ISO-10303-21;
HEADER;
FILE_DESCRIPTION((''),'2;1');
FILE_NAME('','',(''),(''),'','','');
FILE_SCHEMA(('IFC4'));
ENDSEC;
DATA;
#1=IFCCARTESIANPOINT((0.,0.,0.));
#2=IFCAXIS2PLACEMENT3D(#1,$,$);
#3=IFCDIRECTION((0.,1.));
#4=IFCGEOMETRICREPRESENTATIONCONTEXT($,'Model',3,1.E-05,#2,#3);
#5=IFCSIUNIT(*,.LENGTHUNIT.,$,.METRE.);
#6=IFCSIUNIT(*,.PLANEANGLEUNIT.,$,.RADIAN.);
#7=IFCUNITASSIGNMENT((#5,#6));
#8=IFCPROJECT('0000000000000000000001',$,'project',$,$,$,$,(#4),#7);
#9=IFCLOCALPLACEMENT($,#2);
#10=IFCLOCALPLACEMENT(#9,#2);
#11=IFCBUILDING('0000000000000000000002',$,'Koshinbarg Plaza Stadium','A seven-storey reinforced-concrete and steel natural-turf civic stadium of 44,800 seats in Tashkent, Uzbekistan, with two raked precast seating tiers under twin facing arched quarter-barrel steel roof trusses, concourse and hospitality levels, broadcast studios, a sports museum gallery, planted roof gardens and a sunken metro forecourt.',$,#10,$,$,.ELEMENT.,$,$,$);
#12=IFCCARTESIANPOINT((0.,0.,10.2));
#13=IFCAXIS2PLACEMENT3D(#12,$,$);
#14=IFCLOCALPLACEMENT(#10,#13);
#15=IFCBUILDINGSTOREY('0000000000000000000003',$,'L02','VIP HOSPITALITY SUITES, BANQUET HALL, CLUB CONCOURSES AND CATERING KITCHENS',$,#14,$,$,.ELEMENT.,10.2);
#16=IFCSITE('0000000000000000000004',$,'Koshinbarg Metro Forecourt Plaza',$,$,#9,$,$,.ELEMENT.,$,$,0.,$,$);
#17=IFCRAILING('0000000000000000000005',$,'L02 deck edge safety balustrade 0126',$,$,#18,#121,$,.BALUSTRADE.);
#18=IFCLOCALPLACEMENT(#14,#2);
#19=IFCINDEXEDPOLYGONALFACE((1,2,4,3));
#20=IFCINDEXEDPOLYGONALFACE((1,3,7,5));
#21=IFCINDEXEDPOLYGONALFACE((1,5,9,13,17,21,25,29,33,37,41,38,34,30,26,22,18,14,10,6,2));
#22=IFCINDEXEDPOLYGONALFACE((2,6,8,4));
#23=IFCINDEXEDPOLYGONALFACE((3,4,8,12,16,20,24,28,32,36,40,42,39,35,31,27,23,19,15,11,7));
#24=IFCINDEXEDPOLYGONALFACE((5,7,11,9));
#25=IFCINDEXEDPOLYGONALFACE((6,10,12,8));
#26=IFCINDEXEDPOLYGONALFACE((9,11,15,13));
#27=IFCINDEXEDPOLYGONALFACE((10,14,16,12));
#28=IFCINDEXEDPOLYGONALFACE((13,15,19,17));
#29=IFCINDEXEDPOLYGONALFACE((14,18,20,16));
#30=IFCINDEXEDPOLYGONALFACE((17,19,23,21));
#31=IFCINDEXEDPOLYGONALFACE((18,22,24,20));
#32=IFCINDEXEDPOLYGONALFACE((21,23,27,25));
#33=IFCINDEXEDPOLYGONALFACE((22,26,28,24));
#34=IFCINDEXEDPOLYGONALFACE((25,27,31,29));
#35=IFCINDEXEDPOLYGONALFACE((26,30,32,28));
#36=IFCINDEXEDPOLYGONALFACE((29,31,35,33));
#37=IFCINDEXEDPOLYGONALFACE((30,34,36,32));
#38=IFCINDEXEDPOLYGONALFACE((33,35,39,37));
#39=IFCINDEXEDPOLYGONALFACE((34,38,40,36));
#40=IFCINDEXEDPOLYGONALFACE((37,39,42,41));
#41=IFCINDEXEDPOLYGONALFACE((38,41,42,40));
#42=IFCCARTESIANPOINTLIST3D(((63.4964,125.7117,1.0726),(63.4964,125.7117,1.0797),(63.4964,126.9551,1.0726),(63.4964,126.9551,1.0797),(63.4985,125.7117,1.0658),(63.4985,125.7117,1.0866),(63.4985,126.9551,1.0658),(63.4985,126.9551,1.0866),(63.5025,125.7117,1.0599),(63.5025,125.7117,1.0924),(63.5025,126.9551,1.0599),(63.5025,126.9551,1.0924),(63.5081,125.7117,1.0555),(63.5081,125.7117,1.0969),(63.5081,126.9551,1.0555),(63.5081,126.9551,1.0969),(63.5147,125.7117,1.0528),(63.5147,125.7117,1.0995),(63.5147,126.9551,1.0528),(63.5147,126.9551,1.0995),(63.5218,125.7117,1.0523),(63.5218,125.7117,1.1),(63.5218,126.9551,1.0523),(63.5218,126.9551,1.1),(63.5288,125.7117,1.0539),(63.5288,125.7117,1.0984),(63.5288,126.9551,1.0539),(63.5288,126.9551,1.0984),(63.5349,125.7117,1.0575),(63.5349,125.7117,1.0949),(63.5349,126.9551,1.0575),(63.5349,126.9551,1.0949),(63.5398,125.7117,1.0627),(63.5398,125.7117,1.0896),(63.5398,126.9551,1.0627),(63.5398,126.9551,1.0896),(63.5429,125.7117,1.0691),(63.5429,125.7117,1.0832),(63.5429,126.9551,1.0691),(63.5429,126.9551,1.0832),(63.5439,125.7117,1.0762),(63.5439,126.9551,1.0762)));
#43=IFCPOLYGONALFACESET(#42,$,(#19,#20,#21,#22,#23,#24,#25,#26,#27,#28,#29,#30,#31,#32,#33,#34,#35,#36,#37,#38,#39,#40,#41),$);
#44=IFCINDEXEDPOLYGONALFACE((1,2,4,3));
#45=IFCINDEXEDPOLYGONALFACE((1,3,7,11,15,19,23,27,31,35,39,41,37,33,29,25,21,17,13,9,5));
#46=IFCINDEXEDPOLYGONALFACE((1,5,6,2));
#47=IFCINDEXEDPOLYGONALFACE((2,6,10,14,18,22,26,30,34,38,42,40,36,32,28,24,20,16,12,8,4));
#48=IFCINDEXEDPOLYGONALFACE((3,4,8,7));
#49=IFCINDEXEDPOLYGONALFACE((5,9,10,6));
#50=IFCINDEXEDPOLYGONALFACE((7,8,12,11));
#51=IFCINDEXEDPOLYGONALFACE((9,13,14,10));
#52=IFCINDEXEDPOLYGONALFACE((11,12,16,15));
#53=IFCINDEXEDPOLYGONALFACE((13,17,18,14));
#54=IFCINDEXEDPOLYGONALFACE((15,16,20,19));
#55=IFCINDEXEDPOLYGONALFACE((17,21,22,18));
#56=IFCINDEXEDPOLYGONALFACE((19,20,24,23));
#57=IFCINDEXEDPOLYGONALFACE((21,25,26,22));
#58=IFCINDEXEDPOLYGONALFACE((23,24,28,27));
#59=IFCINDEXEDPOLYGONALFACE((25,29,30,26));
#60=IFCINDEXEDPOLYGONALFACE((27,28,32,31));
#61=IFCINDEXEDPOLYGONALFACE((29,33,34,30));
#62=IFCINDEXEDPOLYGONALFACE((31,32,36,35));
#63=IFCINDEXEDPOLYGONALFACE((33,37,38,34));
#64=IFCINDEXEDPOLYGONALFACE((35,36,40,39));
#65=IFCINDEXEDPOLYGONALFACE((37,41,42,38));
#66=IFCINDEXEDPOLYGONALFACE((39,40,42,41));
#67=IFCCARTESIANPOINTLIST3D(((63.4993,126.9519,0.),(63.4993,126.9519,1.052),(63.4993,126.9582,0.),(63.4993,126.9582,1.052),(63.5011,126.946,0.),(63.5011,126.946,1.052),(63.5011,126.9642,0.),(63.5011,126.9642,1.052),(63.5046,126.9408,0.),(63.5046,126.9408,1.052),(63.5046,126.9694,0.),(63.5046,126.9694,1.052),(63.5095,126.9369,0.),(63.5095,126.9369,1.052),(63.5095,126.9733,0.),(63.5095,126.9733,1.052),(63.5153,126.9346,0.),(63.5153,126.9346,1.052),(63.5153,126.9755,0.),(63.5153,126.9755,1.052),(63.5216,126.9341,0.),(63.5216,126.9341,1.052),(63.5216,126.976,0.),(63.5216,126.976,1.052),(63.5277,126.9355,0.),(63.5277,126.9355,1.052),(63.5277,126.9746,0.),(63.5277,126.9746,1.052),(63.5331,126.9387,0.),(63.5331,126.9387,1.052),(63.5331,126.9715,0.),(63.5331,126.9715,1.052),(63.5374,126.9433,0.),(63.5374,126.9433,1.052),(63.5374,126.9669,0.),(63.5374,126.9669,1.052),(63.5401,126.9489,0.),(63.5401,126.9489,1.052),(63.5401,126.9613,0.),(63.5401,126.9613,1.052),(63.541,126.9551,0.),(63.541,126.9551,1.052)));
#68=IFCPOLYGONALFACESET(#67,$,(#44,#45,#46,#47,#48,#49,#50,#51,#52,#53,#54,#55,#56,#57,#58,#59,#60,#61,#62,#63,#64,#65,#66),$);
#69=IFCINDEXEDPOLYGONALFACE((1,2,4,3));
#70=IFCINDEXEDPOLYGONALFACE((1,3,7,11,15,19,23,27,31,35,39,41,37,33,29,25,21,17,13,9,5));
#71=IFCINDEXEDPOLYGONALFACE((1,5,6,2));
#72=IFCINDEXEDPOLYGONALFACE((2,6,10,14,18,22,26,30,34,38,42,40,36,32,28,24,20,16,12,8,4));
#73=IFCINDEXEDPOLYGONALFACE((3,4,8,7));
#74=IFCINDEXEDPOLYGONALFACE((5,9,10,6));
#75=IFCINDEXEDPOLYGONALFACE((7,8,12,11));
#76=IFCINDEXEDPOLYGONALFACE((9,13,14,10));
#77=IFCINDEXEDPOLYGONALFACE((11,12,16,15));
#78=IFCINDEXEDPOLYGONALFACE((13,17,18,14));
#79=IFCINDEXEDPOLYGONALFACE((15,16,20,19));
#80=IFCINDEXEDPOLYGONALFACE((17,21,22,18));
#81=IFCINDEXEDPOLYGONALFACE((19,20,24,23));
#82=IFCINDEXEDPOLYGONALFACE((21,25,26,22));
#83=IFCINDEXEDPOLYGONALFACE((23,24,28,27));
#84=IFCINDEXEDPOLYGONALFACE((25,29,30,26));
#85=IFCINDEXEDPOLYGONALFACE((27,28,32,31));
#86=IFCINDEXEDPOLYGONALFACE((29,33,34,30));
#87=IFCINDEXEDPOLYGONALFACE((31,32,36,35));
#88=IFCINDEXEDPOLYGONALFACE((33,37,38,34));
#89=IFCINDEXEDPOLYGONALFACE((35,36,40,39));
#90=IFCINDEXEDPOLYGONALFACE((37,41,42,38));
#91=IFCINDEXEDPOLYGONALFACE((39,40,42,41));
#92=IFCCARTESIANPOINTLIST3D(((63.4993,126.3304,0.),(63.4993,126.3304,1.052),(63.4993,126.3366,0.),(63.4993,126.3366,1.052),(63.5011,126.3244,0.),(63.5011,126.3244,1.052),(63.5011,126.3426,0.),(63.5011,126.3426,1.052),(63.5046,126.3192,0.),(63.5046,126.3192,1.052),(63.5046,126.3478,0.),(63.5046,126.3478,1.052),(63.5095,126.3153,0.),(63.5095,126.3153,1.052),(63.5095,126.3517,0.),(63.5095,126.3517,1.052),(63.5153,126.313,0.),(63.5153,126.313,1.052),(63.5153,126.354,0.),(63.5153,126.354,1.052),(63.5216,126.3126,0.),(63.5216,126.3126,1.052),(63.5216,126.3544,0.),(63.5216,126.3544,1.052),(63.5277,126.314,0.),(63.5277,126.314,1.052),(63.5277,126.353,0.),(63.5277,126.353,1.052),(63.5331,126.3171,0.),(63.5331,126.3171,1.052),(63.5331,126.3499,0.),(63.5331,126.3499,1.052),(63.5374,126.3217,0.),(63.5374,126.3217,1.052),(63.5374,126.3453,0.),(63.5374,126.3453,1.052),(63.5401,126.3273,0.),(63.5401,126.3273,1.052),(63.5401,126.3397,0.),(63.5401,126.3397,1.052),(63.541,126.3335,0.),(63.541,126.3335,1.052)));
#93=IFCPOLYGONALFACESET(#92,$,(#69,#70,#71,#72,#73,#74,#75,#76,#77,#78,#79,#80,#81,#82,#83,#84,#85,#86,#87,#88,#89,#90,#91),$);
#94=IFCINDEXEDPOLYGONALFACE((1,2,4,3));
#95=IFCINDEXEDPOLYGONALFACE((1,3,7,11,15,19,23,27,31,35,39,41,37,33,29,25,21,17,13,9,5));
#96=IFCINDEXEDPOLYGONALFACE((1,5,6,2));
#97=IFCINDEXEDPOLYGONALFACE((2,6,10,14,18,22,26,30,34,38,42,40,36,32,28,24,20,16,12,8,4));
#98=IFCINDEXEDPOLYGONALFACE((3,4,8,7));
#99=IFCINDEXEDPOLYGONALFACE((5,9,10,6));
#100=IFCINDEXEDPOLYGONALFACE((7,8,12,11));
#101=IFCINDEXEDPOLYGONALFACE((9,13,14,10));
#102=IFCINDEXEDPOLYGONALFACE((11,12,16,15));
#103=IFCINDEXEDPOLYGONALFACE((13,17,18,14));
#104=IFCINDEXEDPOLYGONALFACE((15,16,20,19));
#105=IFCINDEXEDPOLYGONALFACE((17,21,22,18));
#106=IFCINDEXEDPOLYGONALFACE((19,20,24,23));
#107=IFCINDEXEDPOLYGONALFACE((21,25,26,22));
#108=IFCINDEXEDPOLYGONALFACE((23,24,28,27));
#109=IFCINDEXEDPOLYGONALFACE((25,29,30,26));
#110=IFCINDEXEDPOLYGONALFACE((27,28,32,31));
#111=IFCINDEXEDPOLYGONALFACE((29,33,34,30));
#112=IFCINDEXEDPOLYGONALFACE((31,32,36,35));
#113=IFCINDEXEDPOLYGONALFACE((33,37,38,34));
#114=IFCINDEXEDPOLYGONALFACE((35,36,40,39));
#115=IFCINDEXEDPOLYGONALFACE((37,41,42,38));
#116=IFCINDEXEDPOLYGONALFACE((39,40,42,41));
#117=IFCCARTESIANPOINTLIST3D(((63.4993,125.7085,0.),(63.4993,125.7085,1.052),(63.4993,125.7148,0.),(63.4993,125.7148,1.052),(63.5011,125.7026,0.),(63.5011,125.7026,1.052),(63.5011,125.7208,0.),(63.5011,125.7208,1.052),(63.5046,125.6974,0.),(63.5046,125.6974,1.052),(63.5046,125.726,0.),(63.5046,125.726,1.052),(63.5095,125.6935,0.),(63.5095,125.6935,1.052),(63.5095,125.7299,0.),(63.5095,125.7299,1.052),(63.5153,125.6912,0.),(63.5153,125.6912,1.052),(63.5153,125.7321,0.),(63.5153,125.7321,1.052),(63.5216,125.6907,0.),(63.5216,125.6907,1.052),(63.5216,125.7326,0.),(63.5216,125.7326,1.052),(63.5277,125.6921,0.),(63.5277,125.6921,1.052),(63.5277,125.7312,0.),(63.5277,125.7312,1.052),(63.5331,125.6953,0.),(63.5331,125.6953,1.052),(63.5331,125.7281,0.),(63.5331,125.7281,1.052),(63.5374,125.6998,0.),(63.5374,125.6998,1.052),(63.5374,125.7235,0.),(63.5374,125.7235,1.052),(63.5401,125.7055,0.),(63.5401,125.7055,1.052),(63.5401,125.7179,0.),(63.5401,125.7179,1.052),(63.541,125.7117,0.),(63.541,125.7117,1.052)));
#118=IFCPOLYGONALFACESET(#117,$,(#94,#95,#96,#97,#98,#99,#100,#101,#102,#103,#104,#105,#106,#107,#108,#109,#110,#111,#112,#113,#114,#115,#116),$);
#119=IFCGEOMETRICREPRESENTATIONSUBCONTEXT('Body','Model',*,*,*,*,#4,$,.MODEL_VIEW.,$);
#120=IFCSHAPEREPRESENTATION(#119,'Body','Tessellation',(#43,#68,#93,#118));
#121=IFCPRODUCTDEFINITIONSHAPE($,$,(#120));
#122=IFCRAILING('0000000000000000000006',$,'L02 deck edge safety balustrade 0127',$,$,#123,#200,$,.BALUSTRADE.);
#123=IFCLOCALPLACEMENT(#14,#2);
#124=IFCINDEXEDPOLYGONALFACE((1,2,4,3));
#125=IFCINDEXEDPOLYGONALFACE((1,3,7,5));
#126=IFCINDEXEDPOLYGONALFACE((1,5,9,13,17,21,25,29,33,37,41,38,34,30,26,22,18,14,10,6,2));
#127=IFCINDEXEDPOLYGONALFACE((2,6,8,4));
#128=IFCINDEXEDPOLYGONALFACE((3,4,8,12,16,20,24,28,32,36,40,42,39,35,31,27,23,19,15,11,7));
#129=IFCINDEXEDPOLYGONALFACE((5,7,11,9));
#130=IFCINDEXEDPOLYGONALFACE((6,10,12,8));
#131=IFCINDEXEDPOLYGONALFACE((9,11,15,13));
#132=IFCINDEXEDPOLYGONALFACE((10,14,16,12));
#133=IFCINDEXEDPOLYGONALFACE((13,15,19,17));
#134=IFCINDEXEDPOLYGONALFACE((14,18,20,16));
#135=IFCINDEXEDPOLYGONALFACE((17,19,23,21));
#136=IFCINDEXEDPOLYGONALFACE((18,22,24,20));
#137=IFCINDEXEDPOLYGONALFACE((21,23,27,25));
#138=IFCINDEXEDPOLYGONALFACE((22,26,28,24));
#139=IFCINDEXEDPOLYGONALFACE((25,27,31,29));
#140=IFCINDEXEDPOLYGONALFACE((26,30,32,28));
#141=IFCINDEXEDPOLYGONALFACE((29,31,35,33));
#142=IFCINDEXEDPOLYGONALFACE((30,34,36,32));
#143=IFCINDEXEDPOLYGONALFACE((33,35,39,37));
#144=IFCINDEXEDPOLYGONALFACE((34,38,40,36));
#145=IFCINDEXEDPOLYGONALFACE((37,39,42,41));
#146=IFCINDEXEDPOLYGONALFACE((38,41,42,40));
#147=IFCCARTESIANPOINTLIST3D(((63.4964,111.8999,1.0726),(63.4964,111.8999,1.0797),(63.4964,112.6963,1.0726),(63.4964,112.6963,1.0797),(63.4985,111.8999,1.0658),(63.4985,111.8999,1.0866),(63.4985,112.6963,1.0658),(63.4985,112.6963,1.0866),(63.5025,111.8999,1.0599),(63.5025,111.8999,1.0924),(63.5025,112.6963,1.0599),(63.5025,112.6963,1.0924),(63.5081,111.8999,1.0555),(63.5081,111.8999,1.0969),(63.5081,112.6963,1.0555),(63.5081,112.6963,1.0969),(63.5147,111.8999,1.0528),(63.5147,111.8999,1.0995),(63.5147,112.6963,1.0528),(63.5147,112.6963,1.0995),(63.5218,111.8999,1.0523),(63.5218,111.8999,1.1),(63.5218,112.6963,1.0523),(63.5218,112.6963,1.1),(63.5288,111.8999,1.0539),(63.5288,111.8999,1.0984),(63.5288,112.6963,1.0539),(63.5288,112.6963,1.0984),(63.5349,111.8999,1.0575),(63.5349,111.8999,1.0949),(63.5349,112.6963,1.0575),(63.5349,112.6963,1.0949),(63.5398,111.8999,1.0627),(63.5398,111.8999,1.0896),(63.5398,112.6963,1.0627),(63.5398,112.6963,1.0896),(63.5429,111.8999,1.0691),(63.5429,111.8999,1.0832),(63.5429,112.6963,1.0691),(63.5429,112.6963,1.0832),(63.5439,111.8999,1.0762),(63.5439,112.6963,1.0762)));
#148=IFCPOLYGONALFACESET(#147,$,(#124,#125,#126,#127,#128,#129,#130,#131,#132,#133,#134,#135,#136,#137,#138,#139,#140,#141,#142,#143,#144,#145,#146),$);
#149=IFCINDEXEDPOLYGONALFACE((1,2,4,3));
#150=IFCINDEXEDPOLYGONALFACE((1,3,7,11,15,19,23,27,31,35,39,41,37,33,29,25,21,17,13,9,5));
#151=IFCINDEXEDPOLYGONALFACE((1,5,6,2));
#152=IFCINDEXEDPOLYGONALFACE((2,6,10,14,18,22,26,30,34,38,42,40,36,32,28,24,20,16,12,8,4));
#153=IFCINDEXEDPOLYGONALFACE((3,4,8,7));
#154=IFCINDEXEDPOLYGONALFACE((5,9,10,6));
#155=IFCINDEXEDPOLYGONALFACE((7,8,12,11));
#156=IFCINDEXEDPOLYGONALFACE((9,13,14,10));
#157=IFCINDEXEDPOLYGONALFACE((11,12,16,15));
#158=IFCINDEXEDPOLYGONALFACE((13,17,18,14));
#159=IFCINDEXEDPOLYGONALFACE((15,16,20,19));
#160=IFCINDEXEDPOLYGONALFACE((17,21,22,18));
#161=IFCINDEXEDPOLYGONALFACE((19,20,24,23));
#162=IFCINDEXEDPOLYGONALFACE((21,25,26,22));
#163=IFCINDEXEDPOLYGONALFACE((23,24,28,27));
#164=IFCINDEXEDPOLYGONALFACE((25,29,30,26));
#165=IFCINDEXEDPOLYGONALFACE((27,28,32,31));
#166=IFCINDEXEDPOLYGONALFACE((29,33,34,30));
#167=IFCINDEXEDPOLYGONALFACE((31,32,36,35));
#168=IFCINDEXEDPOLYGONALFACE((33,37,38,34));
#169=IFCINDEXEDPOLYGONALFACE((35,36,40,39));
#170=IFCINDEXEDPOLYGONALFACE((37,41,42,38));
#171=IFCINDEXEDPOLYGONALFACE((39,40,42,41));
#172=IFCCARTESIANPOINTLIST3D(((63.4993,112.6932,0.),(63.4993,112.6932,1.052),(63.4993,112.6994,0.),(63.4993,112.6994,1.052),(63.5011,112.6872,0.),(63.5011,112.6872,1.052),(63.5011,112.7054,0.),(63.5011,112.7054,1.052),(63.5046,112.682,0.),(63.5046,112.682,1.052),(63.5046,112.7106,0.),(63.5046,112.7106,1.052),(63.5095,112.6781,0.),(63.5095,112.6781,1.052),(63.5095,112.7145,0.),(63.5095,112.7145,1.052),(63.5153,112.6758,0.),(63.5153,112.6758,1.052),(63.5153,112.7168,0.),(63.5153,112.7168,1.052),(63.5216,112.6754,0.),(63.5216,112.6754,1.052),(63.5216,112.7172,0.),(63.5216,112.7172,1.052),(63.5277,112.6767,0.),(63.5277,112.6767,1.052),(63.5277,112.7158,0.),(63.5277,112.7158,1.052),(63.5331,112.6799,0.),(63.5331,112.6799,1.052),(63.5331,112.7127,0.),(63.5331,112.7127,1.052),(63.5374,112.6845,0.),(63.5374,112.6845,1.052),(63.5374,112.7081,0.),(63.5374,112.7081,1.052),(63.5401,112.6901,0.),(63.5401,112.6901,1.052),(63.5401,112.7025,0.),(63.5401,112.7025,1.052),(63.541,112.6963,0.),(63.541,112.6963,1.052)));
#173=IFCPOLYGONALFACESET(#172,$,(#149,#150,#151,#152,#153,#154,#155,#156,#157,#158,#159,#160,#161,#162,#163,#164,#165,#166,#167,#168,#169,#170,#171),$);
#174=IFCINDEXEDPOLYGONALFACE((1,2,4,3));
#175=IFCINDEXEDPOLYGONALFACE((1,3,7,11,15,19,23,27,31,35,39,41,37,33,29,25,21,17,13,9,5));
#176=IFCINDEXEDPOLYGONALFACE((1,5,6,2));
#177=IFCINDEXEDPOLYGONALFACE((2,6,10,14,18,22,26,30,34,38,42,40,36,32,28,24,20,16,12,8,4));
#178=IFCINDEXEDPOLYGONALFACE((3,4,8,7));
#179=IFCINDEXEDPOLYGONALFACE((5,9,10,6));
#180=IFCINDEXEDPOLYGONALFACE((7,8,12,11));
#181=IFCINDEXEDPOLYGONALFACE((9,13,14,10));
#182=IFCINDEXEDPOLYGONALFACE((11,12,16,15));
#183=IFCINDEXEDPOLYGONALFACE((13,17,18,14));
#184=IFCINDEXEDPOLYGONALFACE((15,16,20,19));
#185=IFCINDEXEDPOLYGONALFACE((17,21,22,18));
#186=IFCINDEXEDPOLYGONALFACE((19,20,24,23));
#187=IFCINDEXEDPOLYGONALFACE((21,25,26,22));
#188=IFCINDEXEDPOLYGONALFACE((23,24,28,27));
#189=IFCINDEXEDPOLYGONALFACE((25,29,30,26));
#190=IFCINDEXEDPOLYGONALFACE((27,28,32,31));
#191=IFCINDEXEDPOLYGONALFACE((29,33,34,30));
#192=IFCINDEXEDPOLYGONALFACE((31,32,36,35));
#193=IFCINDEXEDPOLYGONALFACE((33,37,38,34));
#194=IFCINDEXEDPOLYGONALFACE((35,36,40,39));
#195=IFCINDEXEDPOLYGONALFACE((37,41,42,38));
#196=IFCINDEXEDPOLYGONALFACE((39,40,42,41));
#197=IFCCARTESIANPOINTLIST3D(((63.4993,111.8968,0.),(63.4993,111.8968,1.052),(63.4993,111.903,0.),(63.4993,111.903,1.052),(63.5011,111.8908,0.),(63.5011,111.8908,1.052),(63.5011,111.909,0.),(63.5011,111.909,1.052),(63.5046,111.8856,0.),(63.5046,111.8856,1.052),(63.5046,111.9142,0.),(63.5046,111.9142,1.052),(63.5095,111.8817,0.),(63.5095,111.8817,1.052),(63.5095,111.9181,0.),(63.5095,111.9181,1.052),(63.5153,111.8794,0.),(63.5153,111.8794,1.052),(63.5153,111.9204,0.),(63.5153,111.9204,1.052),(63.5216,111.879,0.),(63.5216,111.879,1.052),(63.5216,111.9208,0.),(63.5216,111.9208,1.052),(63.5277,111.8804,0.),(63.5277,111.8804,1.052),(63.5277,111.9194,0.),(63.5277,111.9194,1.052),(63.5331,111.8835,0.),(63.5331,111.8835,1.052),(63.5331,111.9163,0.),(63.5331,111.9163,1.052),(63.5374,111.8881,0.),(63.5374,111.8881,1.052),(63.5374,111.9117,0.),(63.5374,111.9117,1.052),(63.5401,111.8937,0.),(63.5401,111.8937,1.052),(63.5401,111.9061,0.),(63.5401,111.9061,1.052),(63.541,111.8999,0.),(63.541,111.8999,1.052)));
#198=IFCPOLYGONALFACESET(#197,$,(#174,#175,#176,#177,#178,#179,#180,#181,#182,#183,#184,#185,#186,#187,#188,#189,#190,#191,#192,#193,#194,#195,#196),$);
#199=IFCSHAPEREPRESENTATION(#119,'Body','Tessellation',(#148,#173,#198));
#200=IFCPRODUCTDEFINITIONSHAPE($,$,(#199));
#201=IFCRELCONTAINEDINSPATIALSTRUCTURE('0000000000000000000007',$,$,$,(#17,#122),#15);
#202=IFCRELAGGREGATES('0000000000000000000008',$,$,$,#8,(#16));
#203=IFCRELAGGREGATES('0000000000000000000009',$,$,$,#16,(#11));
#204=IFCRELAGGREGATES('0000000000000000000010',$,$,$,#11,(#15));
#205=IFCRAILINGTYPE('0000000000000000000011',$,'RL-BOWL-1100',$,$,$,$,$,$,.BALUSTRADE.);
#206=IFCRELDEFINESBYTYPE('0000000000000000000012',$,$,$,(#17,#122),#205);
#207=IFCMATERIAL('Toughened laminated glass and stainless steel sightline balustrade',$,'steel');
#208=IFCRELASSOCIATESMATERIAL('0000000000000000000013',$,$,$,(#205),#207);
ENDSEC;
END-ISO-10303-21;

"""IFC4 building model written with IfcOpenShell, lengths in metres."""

from ifc_helpers import new_model, si_unit, direction, frame, origin, origin_2d, place, context, subcontext, project, spatial, circle, extrude, material, type_object, element, save


model = new_model("IFC4")

# Units and contexts
model_context = context("Model", 3, precision=1e-05, world=origin(), true_north=direction((0.0, 1.0)))
body_context = subcontext(model_context, "Body", "Model", "MODEL_VIEW")
ifc_project = project(units=[si_unit("LENGTHUNIT", "METRE"), si_unit("PLANEANGLEUNIT", "RADIAN")], contexts=[model_context])

# Site, building, storey
site_placement = place(None, origin())
site = spatial("IfcSite", under=ifc_project, at=site_placement, Name="Koshinbarg Metro Forecourt Plaza", CompositionType="ELEMENT", RefElevation=0.0)
building_placement = place(site_placement, origin())
building = spatial("IfcBuilding", under=site, at=building_placement, Name="Koshinbarg Plaza Stadium", Description="A seven-storey reinforced-concrete and steel natural-turf civic stadium of 44,800 seats in Tashkent, Uzbekistan, with two raked precast seating tiers under twin facing arched quarter-barrel steel roof trusses, concourse and hospitality levels, broadcast studios, a sports museum gallery, planted roof gardens and a sunken metro forecourt.", CompositionType="ELEMENT")
storey_placement = place(building_placement, frame((0.0, 0.0, 10.2)))
storey = spatial("IfcBuildingStorey", under=building, at=storey_placement, Name="L02", Description="VIP HOSPITALITY SUITES, BANQUET HALL, CLUB CONCOURSES AND CATERING KITCHENS", CompositionType="ELEMENT", Elevation=10.2)

# Railings
ifc_material_1 = material(Name="Toughened laminated glass and stainless steel sightline balustrade", Category="steel")
railing_type = type_object("IfcRailingType", Name="RL-BOWL-1100", PredefinedType="BALUSTRADE", material=ifc_material_1)
railing_1_placement = place(storey_placement, frame((63.52, 126.9551, 0.0)))
element("IfcRailing", 1, at=railing_1_placement, inside=storey, type_object=railing_type, Name="L02 deck edge safety balustrade 0126", PredefinedType="BALUSTRADE", context=body_context, shape_type="SweptSolid", body=[
    extrude(circle(Radius=0.0239, at=origin_2d()), frame((0.0, 0.0, 1.0762), z_axis=(0.0, -1.0, 0.0), x_axis=(1.0, 0.0, 0.0)), (0.0, 0.0, 1.0), 1.2434),
    extrude(circle(Radius=0.021, at=origin_2d()), origin(), (0.0, 0.0, 1.0), 1.052),
    extrude(circle(Radius=0.021, at=origin_2d()), frame((0.0, -0.6216, 0.0)), (0.0, 0.0, 1.0), 1.052),
    extrude(circle(Radius=0.021, at=origin_2d()), frame((0.0, -1.2434, 0.0)), (0.0, 0.0, 1.0), 1.052),
])
railing_2_placement = place(storey_placement, frame((63.52, 112.6963, 0.0)))
element("IfcRailing", 2, at=railing_2_placement, inside=storey, type_object=railing_type, Name="L02 deck edge safety balustrade 0127", PredefinedType="BALUSTRADE", context=body_context, shape_type="SweptSolid", body=[
    extrude(circle(Radius=0.0239, at=origin_2d()), frame((0.0, 0.0, 1.0762), z_axis=(0.0, -1.0, 0.0), x_axis=(1.0, 0.0, 0.0)), (0.0, 0.0, 1.0), 0.7964),
    extrude(circle(Radius=0.021, at=origin_2d()), origin(), (0.0, 0.0, 1.0), 1.052),
    extrude(circle(Radius=0.021, at=origin_2d()), frame((0.0, -0.7964, 0.0)), (0.0, 0.0, 1.0), 1.052),
])

save(model, "model.ifc")
